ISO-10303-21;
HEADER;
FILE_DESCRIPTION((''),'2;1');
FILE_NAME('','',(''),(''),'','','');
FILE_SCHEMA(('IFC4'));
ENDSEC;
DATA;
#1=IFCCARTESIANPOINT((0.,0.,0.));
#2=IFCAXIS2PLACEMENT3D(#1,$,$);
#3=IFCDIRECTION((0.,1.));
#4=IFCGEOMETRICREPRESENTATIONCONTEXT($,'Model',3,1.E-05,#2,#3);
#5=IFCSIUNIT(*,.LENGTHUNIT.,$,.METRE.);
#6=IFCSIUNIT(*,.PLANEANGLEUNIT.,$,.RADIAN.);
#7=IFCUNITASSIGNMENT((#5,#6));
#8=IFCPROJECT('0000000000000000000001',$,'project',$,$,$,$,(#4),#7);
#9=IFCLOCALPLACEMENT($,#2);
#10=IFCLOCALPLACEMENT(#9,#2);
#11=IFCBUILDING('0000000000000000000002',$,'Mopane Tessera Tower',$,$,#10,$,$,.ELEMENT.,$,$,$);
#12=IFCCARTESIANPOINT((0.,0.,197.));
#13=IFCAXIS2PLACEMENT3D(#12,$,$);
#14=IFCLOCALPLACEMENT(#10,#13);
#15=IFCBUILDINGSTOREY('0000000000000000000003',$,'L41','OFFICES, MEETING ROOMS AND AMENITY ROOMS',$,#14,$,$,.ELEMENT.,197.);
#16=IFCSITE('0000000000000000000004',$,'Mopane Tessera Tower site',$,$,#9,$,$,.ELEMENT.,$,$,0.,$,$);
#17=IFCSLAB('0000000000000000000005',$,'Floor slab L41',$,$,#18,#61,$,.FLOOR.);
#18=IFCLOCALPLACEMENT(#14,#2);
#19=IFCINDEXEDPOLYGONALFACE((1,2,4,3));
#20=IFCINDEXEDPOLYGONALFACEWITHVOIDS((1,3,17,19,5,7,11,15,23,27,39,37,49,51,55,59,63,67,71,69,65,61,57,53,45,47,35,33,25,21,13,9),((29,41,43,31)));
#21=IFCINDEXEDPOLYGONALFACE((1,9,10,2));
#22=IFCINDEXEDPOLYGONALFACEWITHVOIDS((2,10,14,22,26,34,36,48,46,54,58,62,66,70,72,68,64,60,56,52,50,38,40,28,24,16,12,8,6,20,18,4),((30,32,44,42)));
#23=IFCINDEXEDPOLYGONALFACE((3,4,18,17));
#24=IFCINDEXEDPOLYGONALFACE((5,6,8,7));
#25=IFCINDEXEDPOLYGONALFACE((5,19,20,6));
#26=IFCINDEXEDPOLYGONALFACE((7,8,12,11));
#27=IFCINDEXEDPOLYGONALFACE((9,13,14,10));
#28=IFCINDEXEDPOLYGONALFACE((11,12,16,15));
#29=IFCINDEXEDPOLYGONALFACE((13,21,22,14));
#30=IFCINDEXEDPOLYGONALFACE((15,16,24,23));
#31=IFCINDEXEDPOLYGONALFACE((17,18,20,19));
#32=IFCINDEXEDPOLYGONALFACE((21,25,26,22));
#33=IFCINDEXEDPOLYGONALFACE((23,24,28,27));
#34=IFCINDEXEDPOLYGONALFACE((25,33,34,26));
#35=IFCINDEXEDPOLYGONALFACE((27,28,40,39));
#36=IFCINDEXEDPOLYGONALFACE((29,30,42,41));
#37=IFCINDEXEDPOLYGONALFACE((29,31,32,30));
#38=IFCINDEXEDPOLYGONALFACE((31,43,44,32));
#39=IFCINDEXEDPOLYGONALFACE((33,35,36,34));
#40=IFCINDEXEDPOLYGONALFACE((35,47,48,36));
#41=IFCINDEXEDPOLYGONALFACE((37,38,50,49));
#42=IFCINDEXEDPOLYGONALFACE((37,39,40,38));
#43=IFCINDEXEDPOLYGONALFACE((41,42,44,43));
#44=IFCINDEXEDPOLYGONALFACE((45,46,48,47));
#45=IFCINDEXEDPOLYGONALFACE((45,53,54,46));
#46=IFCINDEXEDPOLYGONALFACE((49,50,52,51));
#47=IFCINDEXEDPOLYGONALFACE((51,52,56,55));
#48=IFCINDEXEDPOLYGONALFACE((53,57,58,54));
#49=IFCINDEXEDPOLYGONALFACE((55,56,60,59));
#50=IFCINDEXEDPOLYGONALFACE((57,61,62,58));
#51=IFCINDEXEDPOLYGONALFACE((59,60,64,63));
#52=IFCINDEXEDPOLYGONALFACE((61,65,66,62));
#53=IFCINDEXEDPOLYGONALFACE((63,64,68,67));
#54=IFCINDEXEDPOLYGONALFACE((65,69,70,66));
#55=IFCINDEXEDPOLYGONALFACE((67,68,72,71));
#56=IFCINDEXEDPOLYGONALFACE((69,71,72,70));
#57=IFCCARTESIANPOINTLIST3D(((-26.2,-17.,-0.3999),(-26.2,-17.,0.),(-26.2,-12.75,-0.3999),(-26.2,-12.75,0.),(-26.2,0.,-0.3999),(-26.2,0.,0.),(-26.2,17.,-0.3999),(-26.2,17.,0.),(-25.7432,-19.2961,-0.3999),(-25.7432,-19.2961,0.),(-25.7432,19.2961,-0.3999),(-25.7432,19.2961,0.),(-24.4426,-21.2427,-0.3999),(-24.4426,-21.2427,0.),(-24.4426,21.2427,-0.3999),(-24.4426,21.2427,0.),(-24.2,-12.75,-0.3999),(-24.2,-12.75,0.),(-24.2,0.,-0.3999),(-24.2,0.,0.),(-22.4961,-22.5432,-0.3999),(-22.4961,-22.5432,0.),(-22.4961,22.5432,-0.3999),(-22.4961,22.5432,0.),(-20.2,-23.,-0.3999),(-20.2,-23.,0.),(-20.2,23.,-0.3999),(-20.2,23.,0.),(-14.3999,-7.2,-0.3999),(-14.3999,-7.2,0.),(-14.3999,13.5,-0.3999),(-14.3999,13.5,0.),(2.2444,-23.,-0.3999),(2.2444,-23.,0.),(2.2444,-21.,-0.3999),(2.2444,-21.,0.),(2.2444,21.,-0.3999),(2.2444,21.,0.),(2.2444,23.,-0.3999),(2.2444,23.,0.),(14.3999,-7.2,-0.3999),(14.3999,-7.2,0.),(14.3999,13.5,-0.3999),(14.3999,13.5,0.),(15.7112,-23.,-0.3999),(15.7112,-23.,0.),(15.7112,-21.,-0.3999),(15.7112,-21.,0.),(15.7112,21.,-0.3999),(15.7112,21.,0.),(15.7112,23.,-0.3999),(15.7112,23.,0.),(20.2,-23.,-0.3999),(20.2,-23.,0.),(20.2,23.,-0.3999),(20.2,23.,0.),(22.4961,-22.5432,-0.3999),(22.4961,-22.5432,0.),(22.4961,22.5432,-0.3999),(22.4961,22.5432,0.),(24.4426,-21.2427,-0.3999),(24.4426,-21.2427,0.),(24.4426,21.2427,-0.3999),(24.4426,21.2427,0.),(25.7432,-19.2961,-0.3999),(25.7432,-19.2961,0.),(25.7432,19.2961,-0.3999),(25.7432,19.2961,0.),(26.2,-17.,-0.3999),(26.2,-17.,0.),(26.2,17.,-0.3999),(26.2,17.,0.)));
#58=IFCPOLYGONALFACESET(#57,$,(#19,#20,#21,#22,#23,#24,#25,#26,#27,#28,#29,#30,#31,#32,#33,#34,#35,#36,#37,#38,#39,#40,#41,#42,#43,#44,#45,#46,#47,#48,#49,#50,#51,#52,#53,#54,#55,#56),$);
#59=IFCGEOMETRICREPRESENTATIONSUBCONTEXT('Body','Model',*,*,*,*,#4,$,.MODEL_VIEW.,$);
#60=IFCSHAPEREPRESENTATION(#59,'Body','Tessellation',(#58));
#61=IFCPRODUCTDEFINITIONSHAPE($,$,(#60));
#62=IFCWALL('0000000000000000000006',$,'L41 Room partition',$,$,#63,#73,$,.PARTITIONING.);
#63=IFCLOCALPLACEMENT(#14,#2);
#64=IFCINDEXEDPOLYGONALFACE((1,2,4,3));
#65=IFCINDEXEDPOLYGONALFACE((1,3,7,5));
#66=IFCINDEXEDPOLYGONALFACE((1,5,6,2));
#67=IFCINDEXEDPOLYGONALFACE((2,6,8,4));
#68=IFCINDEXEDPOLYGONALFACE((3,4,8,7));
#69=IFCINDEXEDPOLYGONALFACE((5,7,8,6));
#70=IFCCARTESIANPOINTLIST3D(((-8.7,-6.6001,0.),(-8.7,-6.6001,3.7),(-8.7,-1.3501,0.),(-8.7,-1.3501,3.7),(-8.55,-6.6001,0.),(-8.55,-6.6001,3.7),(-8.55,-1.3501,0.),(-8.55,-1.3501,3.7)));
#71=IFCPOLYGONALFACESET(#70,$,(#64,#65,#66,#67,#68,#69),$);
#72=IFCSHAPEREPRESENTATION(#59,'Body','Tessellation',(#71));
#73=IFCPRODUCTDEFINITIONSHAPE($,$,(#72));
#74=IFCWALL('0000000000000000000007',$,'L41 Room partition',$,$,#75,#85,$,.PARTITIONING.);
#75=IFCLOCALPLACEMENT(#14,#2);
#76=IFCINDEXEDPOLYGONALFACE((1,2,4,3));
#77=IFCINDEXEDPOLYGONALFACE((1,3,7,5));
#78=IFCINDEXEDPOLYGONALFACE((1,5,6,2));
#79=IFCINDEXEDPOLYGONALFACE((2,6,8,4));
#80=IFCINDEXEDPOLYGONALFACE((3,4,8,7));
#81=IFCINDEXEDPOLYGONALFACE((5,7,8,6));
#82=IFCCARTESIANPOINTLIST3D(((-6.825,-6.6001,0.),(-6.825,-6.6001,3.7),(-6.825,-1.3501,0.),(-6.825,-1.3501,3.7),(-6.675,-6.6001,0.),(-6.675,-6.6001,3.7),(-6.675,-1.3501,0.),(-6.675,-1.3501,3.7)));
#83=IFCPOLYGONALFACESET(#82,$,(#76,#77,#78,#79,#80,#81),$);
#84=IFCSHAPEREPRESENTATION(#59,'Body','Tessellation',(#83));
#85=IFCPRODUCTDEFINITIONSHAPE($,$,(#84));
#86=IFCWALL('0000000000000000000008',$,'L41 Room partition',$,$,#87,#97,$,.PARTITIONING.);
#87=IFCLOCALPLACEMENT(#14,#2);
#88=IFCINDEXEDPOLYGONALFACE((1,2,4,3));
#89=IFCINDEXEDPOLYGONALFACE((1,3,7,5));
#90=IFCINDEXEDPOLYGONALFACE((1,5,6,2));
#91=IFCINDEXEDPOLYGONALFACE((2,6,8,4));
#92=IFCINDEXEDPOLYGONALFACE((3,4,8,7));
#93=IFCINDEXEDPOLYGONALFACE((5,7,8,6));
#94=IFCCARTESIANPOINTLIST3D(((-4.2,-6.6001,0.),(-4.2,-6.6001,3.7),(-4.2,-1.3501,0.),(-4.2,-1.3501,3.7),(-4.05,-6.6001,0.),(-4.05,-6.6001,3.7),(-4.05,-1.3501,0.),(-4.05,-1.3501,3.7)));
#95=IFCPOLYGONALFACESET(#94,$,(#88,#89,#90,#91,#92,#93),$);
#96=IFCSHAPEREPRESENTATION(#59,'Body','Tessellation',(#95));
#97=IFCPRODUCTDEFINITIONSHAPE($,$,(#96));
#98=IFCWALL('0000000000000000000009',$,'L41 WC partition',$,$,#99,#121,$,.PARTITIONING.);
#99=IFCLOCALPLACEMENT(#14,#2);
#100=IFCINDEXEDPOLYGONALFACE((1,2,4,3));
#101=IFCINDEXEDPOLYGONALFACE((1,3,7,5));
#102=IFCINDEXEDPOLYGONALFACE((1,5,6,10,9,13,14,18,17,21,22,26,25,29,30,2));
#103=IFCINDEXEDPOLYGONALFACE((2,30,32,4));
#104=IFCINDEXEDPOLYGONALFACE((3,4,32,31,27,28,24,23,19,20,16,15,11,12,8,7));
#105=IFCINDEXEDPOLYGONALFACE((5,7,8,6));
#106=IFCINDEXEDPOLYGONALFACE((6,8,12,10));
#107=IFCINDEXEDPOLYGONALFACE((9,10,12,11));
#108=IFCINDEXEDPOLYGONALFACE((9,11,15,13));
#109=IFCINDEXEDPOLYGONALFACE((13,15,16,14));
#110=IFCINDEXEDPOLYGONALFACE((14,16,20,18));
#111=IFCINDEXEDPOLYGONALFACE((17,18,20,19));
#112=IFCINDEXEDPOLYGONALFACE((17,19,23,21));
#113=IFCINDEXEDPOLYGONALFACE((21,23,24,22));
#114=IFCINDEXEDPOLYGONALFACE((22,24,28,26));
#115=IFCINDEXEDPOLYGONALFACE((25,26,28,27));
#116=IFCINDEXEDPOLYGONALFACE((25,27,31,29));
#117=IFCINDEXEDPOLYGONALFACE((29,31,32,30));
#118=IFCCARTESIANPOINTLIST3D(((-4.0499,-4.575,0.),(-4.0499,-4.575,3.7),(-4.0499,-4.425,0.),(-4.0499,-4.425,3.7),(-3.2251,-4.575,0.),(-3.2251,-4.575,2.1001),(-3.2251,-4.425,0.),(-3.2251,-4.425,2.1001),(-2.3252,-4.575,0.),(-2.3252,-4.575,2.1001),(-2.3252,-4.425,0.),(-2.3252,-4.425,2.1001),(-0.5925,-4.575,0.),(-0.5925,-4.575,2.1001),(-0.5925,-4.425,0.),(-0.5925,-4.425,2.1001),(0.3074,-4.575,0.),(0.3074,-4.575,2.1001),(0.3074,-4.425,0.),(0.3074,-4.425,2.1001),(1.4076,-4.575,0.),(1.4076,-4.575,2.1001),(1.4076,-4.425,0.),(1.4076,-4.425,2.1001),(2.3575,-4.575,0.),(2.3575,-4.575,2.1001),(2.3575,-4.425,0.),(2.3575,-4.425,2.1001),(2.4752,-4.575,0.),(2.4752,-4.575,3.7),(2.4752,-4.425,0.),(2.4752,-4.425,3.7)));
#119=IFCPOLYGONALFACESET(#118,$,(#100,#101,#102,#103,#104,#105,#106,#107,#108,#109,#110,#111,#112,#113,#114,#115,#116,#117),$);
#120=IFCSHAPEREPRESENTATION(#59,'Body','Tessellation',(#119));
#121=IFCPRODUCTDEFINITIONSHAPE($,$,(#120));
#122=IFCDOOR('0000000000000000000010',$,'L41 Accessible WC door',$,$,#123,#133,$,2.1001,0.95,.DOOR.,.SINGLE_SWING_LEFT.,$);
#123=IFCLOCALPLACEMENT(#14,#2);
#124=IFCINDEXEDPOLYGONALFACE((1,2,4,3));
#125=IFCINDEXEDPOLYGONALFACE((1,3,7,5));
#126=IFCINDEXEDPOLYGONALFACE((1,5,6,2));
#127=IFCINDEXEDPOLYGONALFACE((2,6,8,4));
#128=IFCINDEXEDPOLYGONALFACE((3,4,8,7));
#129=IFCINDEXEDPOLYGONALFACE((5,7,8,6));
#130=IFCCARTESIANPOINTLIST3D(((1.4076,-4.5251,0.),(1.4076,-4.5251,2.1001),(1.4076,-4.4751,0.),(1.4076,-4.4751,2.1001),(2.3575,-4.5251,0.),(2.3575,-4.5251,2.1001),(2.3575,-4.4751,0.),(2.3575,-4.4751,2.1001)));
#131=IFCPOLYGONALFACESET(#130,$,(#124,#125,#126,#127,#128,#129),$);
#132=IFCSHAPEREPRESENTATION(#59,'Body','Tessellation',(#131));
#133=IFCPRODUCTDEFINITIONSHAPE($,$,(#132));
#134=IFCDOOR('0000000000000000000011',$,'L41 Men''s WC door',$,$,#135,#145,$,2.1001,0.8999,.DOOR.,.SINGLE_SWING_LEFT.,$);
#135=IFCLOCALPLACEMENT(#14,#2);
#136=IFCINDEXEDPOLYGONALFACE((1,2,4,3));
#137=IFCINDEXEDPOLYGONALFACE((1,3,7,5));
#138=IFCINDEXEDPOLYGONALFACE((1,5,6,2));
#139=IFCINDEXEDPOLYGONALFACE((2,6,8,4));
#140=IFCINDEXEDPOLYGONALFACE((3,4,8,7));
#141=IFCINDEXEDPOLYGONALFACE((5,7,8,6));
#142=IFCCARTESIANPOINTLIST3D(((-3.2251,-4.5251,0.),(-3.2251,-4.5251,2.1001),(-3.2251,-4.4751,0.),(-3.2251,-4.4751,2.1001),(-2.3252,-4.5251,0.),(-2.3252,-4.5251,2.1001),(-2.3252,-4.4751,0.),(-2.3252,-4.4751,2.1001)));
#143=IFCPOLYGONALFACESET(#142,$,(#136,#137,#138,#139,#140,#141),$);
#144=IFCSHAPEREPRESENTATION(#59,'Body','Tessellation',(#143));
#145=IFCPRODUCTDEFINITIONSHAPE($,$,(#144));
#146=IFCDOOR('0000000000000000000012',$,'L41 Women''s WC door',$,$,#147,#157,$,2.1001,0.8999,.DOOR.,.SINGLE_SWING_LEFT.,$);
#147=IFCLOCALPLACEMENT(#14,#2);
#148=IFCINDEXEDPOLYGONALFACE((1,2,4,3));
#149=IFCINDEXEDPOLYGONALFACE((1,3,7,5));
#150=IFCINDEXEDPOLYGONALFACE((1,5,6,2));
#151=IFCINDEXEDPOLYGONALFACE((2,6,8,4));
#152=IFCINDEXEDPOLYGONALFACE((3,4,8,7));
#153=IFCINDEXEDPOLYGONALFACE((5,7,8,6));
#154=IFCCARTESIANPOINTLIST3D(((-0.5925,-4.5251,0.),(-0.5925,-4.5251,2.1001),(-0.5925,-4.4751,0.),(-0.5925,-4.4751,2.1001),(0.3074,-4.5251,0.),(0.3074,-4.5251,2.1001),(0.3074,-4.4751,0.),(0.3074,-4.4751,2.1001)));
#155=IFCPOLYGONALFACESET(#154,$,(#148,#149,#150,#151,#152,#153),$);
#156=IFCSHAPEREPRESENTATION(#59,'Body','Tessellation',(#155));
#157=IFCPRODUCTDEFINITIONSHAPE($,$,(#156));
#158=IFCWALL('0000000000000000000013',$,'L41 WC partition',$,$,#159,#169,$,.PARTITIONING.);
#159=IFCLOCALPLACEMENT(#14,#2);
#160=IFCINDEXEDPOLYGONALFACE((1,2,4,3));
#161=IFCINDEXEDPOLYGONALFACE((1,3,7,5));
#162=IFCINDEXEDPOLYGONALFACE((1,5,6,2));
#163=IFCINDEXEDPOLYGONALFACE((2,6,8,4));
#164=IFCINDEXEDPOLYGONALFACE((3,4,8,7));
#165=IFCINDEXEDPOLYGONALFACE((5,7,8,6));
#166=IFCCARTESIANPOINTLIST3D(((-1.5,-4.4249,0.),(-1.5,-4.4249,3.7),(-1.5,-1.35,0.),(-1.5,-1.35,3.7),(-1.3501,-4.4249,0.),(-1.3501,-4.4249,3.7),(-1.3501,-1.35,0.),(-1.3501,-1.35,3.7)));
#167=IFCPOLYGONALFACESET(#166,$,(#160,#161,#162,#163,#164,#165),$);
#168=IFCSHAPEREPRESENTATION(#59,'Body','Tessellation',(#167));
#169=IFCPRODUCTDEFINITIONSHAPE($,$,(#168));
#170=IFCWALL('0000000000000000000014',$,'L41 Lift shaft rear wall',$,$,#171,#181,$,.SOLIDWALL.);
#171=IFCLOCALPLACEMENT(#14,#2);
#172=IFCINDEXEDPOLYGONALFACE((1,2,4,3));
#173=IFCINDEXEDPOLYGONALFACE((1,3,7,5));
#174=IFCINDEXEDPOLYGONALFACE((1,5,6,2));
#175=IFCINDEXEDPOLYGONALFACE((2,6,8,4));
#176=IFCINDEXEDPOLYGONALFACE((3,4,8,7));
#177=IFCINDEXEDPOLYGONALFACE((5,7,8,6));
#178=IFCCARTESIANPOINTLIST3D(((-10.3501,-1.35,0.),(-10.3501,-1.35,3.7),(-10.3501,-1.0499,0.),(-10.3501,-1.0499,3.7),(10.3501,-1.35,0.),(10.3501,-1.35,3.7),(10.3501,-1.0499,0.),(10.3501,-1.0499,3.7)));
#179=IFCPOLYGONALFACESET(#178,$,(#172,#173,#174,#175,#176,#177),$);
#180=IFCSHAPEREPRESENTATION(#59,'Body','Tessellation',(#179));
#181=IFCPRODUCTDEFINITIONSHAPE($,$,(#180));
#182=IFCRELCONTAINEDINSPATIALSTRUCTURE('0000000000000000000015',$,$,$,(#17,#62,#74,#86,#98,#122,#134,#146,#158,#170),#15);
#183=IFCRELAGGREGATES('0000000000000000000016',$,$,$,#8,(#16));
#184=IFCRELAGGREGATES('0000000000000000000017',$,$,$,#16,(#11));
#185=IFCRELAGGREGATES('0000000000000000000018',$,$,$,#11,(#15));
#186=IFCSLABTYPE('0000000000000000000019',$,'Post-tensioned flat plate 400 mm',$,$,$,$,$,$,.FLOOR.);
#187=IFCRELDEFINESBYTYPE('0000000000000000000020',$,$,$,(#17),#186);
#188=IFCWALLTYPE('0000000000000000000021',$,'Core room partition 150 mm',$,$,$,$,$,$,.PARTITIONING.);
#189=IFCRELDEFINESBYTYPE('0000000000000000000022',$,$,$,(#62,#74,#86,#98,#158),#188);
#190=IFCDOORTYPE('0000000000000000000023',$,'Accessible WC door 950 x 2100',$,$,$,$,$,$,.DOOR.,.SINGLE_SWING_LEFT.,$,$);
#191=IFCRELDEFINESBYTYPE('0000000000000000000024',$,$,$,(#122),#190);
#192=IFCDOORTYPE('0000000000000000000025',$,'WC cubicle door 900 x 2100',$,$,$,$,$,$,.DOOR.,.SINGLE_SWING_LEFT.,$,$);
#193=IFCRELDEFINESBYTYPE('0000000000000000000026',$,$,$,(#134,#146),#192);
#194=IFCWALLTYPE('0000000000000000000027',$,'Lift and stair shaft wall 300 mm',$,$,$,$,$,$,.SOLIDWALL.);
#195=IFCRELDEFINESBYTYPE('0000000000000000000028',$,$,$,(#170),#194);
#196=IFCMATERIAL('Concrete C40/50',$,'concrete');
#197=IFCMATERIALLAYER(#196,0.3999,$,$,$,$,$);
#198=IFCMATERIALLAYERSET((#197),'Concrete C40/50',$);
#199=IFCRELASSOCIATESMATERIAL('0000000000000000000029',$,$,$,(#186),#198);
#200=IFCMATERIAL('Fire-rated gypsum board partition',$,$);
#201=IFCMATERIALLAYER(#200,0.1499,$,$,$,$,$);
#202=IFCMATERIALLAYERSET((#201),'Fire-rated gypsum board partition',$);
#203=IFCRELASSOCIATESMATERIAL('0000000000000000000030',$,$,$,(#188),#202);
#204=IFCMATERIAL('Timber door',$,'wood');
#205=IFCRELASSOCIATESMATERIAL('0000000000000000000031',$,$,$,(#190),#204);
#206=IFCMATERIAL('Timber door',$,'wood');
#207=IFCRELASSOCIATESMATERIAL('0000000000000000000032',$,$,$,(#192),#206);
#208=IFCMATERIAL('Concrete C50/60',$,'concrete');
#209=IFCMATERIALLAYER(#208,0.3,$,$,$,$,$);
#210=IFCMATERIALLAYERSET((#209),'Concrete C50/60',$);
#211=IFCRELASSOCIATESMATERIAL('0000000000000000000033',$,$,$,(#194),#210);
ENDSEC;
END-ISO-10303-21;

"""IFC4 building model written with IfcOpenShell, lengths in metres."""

from ifc_helpers import new_model, si_unit, direction, frame, frame_2d, origin, place, context, subcontext, project, spatial, polyline, rectangle, outline, extrude, material, layer, layer_set, type_object, element, fill, save


model = new_model("IFC4")

# Units and contexts
model_context = context("Model", 3, precision=1e-05, world=origin(), true_north=direction((0.0, 1.0)))
body_context = subcontext(model_context, "Body", "Model", "MODEL_VIEW")
ifc_project = project(units=[si_unit("LENGTHUNIT", "METRE"), si_unit("PLANEANGLEUNIT", "RADIAN")], contexts=[model_context])

# Site, building, storey
site_placement = place(None, origin())
site = spatial("IfcSite", under=ifc_project, at=site_placement, Name="Mopane Tessera Tower site", CompositionType="ELEMENT", RefElevation=0.0)
building_placement = place(site_placement, origin())
building = spatial("IfcBuilding", under=site, at=building_placement, Name="Mopane Tessera Tower", CompositionType="ELEMENT")
storey_placement = place(building_placement, frame((0.0, 0.0, 197.0)))
storey = spatial("IfcBuildingStorey", under=building, at=storey_placement, Name="L41", Description="OFFICES, MEETING ROOMS AND AMENITY ROOMS", CompositionType="ELEMENT", Elevation=197.0)

# Slab
ifc_material_1 = material(Name="Concrete C40/50", Category="concrete")
ifc_layer_1 = layer(ifc_material_1, 0.3999)
ifc_layer_set_1 = layer_set([ifc_layer_1], Name="Concrete C40/50")
slab_type = type_object("IfcSlabType", Name="Post-tensioned flat plate 400 mm", PredefinedType="FLOOR", material=ifc_layer_set_1)
slab_placement = place(storey_placement, frame((0.0, 0.0, -0.3999)))
element("IfcSlab", 1, at=slab_placement, inside=storey, type_object=slab_type, Name="Floor slab L41", PredefinedType="FLOOR", context=body_context, shape_type="SweptSolid", body=[
    extrude(outline(polyline([(-20.2, -23.0), (2.2444, -23.0), (2.2444, -21.0), (15.7112, -21.0), (15.7112, -23.0), (20.2, -23.0), (22.4961, -22.5432), (24.4426, -21.2427), (25.7432, -19.2961), (26.2, -17.0), (26.2, 17.0), (25.7432, 19.2961), (24.4426, 21.2427), (22.4961, 22.5432), (20.2, 23.0), (15.7112, 23.0), (15.7112, 21.0), (2.2444, 21.0), (2.2444, 23.0), (-20.2, 23.0), (-22.4961, 22.5432), (-24.4426, 21.2427), (-25.7432, 19.2961), (-26.2, 17.0), (-26.2, 0.0), (-24.2, 0.0), (-24.2, -12.75), (-26.2, -12.75), (-26.2, -17.0), (-25.7432, -19.2961), (-24.4426, -21.2427), (-22.4961, -22.5432), (-20.2, -23.0)]), holes=[polyline([(14.3999, -7.2), (-14.3999, -7.2), (-14.3999, 13.5), (14.3999, 13.5), (14.3999, -7.2)])]), origin(), (0.0, 0.0, 1.0), 0.3999),
])

# Walls
ifc_material_2 = material(Name="Fire-rated gypsum board partition")
ifc_layer_2 = layer(ifc_material_2, 0.1499)
ifc_layer_set_2 = layer_set([ifc_layer_2], Name="Fire-rated gypsum board partition")
wall_type_1 = type_object("IfcWallType", Name="Core room partition 150 mm", PredefinedType="PARTITIONING", material=ifc_layer_set_2)
for number, where, z_axis, x_axis, name in (
    (2, (-8.625, -6.6001, 0.0), (0.0, 0.0, 1.0), (0.0, 1.0, 0.0), "L41 Room partition"),
    (3, (-6.75, -6.6001, 0.0), (0.0, 0.0, 1.0), (0.0, 1.0, 0.0), "L41 Room partition"),
    (4, (-4.125, -6.6001, 0.0), (0.0, 0.0, 1.0), (0.0, 1.0, 0.0), "L41 Room partition"),
):
    element("IfcWall", number, at=place(storey_placement, frame(where, z_axis=z_axis, x_axis=x_axis)), inside=storey, type_object=wall_type_1, Name=name, PredefinedType="PARTITIONING", context=body_context, shape_type="SweptSolid", body=[
        extrude(rectangle(XDim=5.25, YDim=0.1499, at=frame_2d((2.625, 0.0))), origin(), (0.0, 0.0, 1.0), 3.7),
    ])

# Wall, openings, doors
wall_1_placement = place(storey_placement, frame((-4.05, -4.5, 0.0), z_axis=(0.0, 0.0, 1.0), x_axis=(1.0, 0.0, 0.0)))
wall_1 = element("IfcWall", 5, at=wall_1_placement, inside=storey, type_object=wall_type_1, Name="L41 WC partition", PredefinedType="PARTITIONING", context=body_context, shape_type="SweptSolid", body=[
    extrude(rectangle(XDim=6.5251, YDim=0.1499, at=frame_2d((3.2627, 0.0))), origin(), (0.0, 0.0, 1.0), 3.7),
])
opening_1_placement = place(wall_1_placement, frame((0.825, 0.0, 0.0)))
opening_1 = element("IfcOpeningElement", 6, at=opening_1_placement, cuts=wall_1, PredefinedType="OPENING", context=body_context, shape_type="SweptSolid", body=[
    extrude(rectangle(XDim=0.8999, YDim=2.1001, at=frame_2d((0.45, 1.05))), frame((0.0, 0.0869, 0.0), z_axis=(0.0, -1.0, 0.0), x_axis=(1.0, 0.0, 0.0)), (0.0, 0.0, 1.0), 0.1738),
])
opening_2_placement = place(wall_1_placement, frame((3.4575, 0.0, 0.0)))
opening_2 = element("IfcOpeningElement", 7, at=opening_2_placement, cuts=wall_1, PredefinedType="OPENING", context=body_context, shape_type="SweptSolid", body=[
    extrude(rectangle(XDim=0.8999, YDim=2.1001, at=frame_2d((0.45, 1.05))), frame((0.0, 0.0869, 0.0), z_axis=(0.0, -1.0, 0.0), x_axis=(1.0, 0.0, 0.0)), (0.0, 0.0, 1.0), 0.1738),
])
opening_3_placement = place(wall_1_placement, frame((5.4575, 0.0, 0.0)))
opening_3 = element("IfcOpeningElement", 8, at=opening_3_placement, cuts=wall_1, PredefinedType="OPENING", context=body_context, shape_type="SweptSolid", body=[
    extrude(rectangle(XDim=0.95, YDim=2.1001, at=frame_2d((0.4751, 1.05))), frame((0.0, 0.0869, 0.0), z_axis=(0.0, -1.0, 0.0), x_axis=(1.0, 0.0, 0.0)), (0.0, 0.0, 1.0), 0.1738),
])
ifc_material_3 = material(Name="Timber door", Category="wood")
door_type_1 = type_object("IfcDoorType", Name="Accessible WC door 950 x 2100", OperationType="SINGLE_SWING_LEFT", PredefinedType="DOOR", material=ifc_material_3)
door_1_placement = place(opening_3_placement, origin())
door_1 = element("IfcDoor", 9, at=door_1_placement, inside=storey, type_object=door_type_1, Name="L41 Accessible WC door", OperationType="SINGLE_SWING_LEFT", OverallHeight=2.1001, OverallWidth=0.95, PredefinedType="DOOR", context=body_context, shape_type="SweptSolid", body=[
    extrude(rectangle(XDim=0.95, YDim=2.1001, at=frame_2d((0.4751, 1.05))), frame((0.0, 0.0249, 0.0), z_axis=(0.0, -1.0, 0.0), x_axis=(1.0, 0.0, 0.0)), (0.0, 0.0, 1.0), 0.05),
])
fill(opening_3, door_1)
ifc_material_4 = material(Name="Timber door", Category="wood")
door_type_2 = type_object("IfcDoorType", Name="WC cubicle door 900 x 2100", OperationType="SINGLE_SWING_LEFT", PredefinedType="DOOR", material=ifc_material_4)
door_2_placement = place(opening_1_placement, origin())
door_2 = element("IfcDoor", 10, at=door_2_placement, inside=storey, type_object=door_type_2, Name="L41 Men's WC door", OperationType="SINGLE_SWING_LEFT", OverallHeight=2.1001, OverallWidth=0.8999, PredefinedType="DOOR", context=body_context, shape_type="SweptSolid", body=[
    extrude(rectangle(XDim=0.8999, YDim=2.1001, at=frame_2d((0.45, 1.05))), frame((0.0, 0.0249, 0.0), z_axis=(0.0, -1.0, 0.0), x_axis=(1.0, 0.0, 0.0)), (0.0, 0.0, 1.0), 0.05),
])
fill(opening_1, door_2)
door_3_placement = place(opening_2_placement, origin())
door_3 = element("IfcDoor", 11, at=door_3_placement, inside=storey, type_object=door_type_2, Name="L41 Women's WC door", OperationType="SINGLE_SWING_LEFT", OverallHeight=2.1001, OverallWidth=0.8999, PredefinedType="DOOR", context=body_context, shape_type="SweptSolid", body=[
    extrude(rectangle(XDim=0.8999, YDim=2.1001, at=frame_2d((0.45, 1.05))), frame((0.0, 0.0249, 0.0), z_axis=(0.0, -1.0, 0.0), x_axis=(1.0, 0.0, 0.0)), (0.0, 0.0, 1.0), 0.05),
])
fill(opening_2, door_3)

# Walls
wall_2_placement = place(storey_placement, frame((-1.425, -4.425, 0.0), z_axis=(0.0, 0.0, 1.0), x_axis=(0.0, 1.0, 0.0)))
element("IfcWall", 12, at=wall_2_placement, inside=storey, type_object=wall_type_1, Name="L41 WC partition", PredefinedType="PARTITIONING", context=body_context, shape_type="SweptSolid", body=[
    extrude(rectangle(XDim=3.075, YDim=0.1499, at=frame_2d((1.5376, 0.0))), origin(), (0.0, 0.0, 1.0), 3.7),
])
ifc_material_5 = material(Name="Concrete C50/60", Category="concrete")
ifc_layer_3 = layer(ifc_material_5, 0.3)
ifc_layer_set_3 = layer_set([ifc_layer_3], Name="Concrete C50/60")
wall_type_2 = type_object("IfcWallType", Name="Lift and stair shaft wall 300 mm", PredefinedType="SOLIDWALL", material=ifc_layer_set_3)
wall_3_placement = place(storey_placement, frame((-10.3501, -1.2, 0.0), z_axis=(0.0, 0.0, 1.0), x_axis=(1.0, 0.0, 0.0)))
element("IfcWall", 13, at=wall_3_placement, inside=storey, type_object=wall_type_2, Name="L41 Lift shaft rear wall", PredefinedType="SOLIDWALL", context=body_context, shape_type="SweptSolid", body=[
    extrude(rectangle(XDim=20.7002, YDim=0.3, at=frame_2d((10.3501, 0.0))), origin(), (0.0, 0.0, 1.0), 3.7),
])

save(model, "model.ifc")
